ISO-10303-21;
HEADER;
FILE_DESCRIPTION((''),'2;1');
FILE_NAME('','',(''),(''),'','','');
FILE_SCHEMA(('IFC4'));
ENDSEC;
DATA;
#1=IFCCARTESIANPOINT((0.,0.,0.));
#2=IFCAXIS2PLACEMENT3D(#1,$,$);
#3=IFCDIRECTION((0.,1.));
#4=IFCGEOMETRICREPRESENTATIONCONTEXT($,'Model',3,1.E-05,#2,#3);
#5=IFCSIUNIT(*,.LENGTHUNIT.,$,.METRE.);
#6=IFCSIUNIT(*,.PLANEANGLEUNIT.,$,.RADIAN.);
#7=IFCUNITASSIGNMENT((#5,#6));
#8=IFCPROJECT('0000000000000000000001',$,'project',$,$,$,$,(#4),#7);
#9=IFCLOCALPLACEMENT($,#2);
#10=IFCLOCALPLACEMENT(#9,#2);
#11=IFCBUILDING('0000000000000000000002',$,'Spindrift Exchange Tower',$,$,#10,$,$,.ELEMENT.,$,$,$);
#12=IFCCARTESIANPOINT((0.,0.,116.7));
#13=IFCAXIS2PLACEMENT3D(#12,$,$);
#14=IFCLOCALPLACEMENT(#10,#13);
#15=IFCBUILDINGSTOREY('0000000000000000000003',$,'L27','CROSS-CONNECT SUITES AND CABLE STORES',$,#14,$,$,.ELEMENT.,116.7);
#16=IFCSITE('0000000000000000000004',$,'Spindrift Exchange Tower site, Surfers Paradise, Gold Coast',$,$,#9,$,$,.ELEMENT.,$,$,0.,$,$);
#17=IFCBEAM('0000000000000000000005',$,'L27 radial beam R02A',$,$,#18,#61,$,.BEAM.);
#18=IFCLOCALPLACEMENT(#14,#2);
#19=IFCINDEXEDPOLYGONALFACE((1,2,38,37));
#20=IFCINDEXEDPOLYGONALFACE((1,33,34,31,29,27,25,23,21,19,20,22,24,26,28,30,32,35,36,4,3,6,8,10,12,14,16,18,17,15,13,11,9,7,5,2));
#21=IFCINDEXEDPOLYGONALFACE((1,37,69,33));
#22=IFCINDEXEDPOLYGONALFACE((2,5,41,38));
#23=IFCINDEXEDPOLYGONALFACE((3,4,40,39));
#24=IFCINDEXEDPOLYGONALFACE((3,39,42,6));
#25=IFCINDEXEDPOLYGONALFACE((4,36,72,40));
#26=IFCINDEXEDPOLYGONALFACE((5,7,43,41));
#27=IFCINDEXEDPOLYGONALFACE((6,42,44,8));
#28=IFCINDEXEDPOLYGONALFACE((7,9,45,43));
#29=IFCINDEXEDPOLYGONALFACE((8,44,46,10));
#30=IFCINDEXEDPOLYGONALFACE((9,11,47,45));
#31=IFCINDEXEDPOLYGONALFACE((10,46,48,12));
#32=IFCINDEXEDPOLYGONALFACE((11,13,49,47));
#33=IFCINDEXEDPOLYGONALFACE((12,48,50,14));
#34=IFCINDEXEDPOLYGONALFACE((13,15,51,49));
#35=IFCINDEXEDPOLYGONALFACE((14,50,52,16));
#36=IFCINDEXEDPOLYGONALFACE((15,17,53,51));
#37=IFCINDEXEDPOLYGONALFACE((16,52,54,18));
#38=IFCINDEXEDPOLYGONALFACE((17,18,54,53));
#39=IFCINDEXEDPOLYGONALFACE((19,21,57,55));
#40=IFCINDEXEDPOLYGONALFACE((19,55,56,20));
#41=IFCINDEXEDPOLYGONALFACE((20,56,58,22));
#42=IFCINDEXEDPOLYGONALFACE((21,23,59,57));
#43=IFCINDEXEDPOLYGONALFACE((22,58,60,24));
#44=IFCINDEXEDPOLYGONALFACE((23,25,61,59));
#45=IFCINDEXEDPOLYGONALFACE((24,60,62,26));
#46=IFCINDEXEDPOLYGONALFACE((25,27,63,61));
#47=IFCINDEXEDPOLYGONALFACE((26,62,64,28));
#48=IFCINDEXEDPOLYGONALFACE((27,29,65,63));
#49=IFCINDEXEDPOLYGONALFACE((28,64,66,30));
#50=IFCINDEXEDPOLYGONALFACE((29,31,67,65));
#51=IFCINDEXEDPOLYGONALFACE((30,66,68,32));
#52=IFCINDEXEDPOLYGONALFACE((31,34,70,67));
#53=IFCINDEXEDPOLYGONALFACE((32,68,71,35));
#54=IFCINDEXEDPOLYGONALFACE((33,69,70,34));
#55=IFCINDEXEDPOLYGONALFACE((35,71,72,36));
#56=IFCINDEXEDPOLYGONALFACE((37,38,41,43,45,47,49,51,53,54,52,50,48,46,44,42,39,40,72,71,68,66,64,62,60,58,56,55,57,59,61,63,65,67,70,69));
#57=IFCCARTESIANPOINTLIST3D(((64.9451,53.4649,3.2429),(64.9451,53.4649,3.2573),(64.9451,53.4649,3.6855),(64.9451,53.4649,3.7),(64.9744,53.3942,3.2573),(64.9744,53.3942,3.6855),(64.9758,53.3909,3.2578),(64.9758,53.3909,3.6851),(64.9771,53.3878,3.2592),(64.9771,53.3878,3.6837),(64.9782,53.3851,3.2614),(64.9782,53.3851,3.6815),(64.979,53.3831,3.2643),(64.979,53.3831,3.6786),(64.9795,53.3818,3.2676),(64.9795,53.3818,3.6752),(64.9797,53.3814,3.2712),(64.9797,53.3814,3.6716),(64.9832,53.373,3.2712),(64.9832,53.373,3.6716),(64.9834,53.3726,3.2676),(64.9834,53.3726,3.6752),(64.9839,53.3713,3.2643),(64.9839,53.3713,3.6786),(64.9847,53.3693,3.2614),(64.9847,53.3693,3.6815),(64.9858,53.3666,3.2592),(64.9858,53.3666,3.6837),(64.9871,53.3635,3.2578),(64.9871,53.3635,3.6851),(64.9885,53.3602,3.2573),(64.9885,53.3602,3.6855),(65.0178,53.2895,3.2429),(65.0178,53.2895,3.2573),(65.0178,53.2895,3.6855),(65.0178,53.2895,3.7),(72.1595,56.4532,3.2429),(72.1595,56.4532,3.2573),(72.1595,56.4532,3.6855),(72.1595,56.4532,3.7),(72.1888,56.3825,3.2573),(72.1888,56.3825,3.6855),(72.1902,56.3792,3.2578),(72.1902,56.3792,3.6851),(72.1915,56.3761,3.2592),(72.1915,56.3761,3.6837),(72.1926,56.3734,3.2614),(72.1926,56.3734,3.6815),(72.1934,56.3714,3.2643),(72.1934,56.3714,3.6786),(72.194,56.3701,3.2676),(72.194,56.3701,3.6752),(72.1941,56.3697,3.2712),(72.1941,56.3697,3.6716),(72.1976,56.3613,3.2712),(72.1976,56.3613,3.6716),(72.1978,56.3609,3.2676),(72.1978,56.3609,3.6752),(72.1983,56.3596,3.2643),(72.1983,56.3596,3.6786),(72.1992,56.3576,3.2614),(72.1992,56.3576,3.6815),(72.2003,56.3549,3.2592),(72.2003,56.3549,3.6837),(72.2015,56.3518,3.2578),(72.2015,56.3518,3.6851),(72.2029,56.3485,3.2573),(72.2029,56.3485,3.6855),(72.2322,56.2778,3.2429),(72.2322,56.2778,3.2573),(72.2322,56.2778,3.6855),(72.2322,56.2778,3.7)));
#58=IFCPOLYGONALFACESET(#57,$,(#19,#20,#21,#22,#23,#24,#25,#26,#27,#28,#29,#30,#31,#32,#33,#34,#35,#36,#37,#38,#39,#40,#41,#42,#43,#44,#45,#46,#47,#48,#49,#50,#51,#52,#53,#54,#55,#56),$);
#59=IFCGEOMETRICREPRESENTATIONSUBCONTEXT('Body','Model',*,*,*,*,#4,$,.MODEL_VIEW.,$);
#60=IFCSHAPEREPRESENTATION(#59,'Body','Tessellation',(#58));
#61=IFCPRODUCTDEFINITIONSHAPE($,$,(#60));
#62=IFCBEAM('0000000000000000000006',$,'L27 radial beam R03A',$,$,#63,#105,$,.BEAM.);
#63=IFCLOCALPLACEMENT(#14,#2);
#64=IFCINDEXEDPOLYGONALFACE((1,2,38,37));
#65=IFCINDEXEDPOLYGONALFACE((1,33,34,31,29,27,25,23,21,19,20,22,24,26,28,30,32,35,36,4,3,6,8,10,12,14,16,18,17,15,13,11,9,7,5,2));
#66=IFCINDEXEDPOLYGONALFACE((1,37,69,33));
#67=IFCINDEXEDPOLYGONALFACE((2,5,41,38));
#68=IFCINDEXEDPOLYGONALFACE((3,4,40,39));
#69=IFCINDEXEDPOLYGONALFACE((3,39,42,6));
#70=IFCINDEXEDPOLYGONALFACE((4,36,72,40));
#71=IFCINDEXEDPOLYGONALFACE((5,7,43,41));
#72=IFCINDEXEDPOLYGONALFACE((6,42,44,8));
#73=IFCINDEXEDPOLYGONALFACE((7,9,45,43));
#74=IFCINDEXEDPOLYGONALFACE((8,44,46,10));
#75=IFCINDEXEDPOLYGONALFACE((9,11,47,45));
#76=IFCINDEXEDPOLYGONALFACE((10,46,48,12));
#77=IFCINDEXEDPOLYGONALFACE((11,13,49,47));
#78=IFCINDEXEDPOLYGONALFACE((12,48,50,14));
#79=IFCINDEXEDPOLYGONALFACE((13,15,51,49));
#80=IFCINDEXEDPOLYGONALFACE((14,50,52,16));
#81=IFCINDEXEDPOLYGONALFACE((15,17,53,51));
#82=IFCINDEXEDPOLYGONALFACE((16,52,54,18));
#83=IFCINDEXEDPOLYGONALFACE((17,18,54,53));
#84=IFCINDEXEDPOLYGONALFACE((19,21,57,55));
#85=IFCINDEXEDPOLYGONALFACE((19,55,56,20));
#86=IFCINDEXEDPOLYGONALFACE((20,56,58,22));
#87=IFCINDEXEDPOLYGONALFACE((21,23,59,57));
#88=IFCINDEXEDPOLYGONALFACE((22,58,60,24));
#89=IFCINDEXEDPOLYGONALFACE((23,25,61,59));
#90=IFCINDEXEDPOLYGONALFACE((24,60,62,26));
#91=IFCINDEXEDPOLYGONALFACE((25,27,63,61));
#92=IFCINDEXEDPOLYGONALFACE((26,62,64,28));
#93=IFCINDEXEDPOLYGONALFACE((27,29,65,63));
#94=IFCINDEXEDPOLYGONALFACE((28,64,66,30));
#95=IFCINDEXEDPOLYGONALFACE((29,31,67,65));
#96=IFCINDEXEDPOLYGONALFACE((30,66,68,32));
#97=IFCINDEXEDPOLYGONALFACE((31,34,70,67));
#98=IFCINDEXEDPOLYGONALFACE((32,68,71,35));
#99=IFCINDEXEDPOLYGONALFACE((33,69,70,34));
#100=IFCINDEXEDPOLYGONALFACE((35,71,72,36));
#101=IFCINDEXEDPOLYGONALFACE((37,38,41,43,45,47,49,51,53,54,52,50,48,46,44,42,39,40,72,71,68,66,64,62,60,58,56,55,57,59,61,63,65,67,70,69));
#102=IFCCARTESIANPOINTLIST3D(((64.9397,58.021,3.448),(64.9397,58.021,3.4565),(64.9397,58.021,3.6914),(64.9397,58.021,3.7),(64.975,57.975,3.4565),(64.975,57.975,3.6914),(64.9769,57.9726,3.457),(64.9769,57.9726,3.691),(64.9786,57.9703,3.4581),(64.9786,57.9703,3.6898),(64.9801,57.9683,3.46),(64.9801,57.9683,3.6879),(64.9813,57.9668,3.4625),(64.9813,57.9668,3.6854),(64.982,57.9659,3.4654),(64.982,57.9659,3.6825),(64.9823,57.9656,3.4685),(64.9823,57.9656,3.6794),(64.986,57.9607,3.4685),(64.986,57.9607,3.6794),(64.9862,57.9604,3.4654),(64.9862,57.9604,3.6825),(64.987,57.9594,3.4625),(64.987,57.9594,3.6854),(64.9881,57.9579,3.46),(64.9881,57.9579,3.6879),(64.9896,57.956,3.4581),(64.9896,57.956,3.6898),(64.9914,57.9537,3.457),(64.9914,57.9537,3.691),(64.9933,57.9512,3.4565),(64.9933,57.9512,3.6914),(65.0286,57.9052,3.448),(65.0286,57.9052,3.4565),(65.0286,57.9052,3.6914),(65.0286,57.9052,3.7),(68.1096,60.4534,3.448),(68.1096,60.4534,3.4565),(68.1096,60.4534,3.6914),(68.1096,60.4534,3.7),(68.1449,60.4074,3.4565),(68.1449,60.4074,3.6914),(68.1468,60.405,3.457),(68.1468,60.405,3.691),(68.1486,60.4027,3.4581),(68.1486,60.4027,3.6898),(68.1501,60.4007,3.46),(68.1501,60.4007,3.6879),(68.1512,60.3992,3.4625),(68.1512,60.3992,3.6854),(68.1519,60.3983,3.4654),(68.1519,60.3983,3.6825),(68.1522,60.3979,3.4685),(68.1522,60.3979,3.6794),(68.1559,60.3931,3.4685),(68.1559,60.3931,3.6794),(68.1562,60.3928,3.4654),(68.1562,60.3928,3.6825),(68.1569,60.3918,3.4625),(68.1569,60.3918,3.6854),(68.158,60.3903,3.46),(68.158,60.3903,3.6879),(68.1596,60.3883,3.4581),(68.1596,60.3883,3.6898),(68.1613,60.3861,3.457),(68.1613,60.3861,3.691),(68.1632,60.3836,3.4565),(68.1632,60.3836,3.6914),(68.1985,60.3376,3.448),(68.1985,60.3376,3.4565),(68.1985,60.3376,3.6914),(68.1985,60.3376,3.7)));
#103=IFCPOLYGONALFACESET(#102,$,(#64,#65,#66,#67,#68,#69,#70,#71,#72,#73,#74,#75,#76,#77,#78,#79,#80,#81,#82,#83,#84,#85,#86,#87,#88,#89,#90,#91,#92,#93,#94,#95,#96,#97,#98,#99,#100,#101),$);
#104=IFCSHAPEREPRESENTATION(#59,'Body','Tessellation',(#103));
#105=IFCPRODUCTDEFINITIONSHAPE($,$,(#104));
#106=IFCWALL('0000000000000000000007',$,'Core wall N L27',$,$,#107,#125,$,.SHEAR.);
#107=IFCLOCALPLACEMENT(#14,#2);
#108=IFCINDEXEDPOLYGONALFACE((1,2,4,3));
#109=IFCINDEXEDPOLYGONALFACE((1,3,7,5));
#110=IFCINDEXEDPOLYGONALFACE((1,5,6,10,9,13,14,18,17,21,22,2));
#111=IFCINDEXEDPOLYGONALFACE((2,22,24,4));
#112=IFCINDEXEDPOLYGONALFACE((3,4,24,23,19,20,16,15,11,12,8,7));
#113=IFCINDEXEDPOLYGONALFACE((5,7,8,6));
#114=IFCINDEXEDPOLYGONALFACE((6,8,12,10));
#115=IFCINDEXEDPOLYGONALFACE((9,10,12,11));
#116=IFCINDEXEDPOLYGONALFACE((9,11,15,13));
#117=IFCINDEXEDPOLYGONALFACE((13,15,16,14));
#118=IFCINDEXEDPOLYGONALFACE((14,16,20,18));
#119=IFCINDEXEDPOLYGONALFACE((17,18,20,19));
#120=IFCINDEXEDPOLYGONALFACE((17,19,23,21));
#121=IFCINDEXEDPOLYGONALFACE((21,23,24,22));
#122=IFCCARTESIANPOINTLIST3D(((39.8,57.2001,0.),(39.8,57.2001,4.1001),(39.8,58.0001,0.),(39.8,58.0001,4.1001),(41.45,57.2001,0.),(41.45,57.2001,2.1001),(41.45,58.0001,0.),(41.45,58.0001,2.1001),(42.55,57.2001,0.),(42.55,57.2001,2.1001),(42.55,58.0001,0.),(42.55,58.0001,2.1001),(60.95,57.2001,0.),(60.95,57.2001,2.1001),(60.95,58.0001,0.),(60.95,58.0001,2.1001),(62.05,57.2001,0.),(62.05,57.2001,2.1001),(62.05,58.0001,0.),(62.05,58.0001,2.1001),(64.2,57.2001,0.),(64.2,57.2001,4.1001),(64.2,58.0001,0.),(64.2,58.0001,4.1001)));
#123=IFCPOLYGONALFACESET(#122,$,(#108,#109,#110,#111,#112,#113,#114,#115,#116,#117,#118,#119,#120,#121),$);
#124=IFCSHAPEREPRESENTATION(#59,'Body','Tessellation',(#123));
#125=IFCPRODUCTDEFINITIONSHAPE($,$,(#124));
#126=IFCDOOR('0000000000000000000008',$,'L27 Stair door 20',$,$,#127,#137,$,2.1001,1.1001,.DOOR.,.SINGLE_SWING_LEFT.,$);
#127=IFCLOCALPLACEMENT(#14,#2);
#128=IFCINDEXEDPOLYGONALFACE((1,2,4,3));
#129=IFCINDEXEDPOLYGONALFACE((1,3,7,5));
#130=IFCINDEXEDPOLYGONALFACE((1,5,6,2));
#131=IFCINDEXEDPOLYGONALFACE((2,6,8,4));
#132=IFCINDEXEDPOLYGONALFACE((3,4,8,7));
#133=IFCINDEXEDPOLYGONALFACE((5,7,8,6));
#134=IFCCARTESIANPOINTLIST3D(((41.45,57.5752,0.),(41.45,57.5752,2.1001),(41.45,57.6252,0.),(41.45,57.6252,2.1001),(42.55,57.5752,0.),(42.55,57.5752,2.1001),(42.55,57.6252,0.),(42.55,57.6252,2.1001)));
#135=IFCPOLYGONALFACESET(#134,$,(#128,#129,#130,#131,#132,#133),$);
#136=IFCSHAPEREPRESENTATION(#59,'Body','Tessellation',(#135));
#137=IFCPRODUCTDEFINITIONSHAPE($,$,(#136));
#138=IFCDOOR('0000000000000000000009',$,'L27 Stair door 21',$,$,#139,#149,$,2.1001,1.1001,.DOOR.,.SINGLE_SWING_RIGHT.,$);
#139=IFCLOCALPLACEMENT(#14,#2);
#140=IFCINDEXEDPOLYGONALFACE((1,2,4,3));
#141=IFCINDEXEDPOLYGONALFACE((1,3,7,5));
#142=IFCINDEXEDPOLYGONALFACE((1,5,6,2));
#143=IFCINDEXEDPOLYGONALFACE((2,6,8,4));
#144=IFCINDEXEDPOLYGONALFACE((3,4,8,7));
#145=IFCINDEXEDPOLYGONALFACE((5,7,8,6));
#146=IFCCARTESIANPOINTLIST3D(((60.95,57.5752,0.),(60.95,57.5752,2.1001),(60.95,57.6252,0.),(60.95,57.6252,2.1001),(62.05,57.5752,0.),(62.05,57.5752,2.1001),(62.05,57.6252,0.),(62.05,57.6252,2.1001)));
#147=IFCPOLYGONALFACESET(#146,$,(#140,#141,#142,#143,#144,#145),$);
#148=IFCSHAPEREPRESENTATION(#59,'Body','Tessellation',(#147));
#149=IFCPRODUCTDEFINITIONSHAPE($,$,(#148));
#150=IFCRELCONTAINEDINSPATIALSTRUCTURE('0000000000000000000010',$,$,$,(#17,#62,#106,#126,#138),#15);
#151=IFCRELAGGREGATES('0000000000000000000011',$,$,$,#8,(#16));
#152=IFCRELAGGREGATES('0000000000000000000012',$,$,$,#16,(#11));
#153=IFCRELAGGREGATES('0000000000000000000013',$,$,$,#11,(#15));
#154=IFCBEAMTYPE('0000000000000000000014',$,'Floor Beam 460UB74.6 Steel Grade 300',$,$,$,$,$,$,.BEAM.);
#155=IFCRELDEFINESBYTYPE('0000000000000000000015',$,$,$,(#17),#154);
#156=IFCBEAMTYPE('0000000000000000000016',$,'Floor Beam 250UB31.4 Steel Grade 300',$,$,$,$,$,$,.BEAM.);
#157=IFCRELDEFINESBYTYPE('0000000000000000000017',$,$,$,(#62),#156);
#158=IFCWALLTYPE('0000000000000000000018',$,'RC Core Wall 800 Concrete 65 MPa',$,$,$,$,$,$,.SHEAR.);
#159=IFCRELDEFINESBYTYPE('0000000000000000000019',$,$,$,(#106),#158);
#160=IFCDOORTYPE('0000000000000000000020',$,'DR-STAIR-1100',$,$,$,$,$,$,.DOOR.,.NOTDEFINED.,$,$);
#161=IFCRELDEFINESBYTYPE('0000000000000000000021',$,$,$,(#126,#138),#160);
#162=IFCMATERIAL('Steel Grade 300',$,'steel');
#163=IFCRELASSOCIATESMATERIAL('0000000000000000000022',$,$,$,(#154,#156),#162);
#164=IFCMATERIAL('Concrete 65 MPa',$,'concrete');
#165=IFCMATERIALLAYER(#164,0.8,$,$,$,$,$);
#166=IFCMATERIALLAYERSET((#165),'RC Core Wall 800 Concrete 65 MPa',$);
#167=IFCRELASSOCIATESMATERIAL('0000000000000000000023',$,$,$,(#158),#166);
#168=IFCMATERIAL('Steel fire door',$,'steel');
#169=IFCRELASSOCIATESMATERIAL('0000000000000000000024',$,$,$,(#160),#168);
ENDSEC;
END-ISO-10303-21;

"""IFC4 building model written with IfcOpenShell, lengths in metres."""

from ifc_helpers import new_model, si_unit, direction, frame, frame_2d, origin, origin_2d, place, context, subcontext, project, spatial, rectangle, i_section, extrude, source, transform, mapped, material, layer, layer_set, material_profile, profile_set, type_object, element, fill, save


model = new_model("IFC4")

# Units and contexts
model_context = context("Model", 3, precision=1e-05, world=origin(), true_north=direction((0.0, 1.0)))
body_context = subcontext(model_context, "Body", "Model", "MODEL_VIEW")
ifc_project = project(units=[si_unit("LENGTHUNIT", "METRE"), si_unit("PLANEANGLEUNIT", "RADIAN")], contexts=[model_context])

# Site, building, storey
site_placement = place(None, origin())
site = spatial("IfcSite", under=ifc_project, at=site_placement, Name="Spindrift Exchange Tower site, Surfers Paradise, Gold Coast", CompositionType="ELEMENT", RefElevation=0.0)
building_placement = place(site_placement, origin())
building = spatial("IfcBuilding", under=site, at=building_placement, Name="Spindrift Exchange Tower", CompositionType="ELEMENT")
storey_placement = place(building_placement, frame((0.0, 0.0, 116.7)))
storey = spatial("IfcBuildingStorey", under=building, at=storey_placement, Name="L27", Description="CROSS-CONNECT SUITES AND CABLE STORES", CompositionType="ELEMENT", Elevation=116.7)

# Beams
ifc_material_1 = material(Name="Steel Grade 300", Category="steel")
ifc_material_profile_1 = material_profile(ifc_material_1, i_section(OverallWidth=0.1899, OverallDepth=0.457, WebThickness=0.009, FlangeThickness=0.0144, FilletRadius=0.0139, at=origin_2d()), Name="460UB74.6")
ifc_profile_set_1 = profile_set([ifc_material_profile_1], Name="Steel Grade 300")
beam_type_1 = type_object("IfcBeamType", Name="Floor Beam 460UB74.6 Steel Grade 300", PredefinedType="BEAM", material=ifc_profile_set_1)
shared_shape_1 = source(origin(), body_context, "Body", "SweptSolid", [
    extrude(i_section(OverallWidth=0.1899, OverallDepth=0.457, WebThickness=0.009, FlangeThickness=0.0144, FilletRadius=0.0139, at=origin_2d()), origin(), (0.0, 0.0, 1.0), 7.8088),
])
beam_1_placement = place(storey_placement, frame((64.9814, 53.3772, 3.4714), z_axis=(0.92388, 0.382683, 0.0), x_axis=(-0.382683, 0.92388, 0.0)))
element("IfcBeam", 1, at=beam_1_placement, inside=storey, type_object=beam_type_1, Name="L27 radial beam R02A", PredefinedType="BEAM", context=body_context, shape_type="MappedRepresentation", body=[
    mapped(shared_shape_1, transform((0.0, 0.0, 0.0), scale=1.0)),
])
ifc_material_profile_2 = material_profile(ifc_material_1, i_section(OverallWidth=0.146, OverallDepth=0.252, WebThickness=0.0061, FlangeThickness=0.0085, FilletRadius=0.012, at=origin_2d()), Name="250UB31.4")
ifc_profile_set_2 = profile_set([ifc_material_profile_2], Name="Steel Grade 300")
beam_type_2 = type_object("IfcBeamType", Name="Floor Beam 250UB31.4 Steel Grade 300", PredefinedType="BEAM", material=ifc_profile_set_2)
shared_shape_2 = source(origin(), body_context, "Body", "SweptSolid", [
    extrude(i_section(OverallWidth=0.146, OverallDepth=0.252, WebThickness=0.0061, FlangeThickness=0.0085, FilletRadius=0.012, at=origin_2d()), origin(), (0.0, 0.0, 1.0), 3.9956),
])
beam_2_placement = place(storey_placement, frame((64.9841, 57.9631, 3.574), z_axis=(0.793353, 0.608762, 0.0), x_axis=(-0.608762, 0.793353, 0.0)))
element("IfcBeam", 2, at=beam_2_placement, inside=storey, type_object=beam_type_2, Name="L27 radial beam R03A", PredefinedType="BEAM", context=body_context, shape_type="MappedRepresentation", body=[
    mapped(shared_shape_2, transform((0.0, 0.0, 0.0), scale=1.0)),
])

# Wall, openings, doors
ifc_material_2 = material(Name="Concrete 65 MPa", Category="concrete")
ifc_layer_1 = layer(ifc_material_2, 0.8)
ifc_layer_set_1 = layer_set([ifc_layer_1], Name="RC Core Wall 800 Concrete 65 MPa")
wall_type_1 = type_object("IfcWallType", Name="RC Core Wall 800 Concrete 65 MPa", PredefinedType="SHEAR", material=ifc_layer_set_1)
wall_1_placement = place(storey_placement, frame((64.2, 57.6001, 0.0), z_axis=(0.0, 0.0, 1.0), x_axis=(-1.0, 0.0, 0.0)))
wall_1 = element("IfcWall", 3, at=wall_1_placement, inside=storey, type_object=wall_type_1, Name="Core wall N L27", PredefinedType="SHEAR", context=body_context, shape_type="SweptSolid", body=[
    extrude(rectangle(XDim=24.3999, YDim=0.8, at=frame_2d((12.2, 0.0))), origin(), (0.0, 0.0, 1.0), 4.1001),
])
opening_1_placement = place(wall_1_placement, frame((21.6499, 0.0, 0.0)))
opening_1 = element("IfcOpeningElement", 4, at=opening_1_placement, cuts=wall_1, PredefinedType="OPENING", context=body_context, shape_type="SweptSolid", body=[
    extrude(rectangle(XDim=1.1001, YDim=2.1001, at=frame_2d((0.55, 1.05))), frame((0.0, 0.4099, 0.0), z_axis=(0.0, -1.0, 0.0), x_axis=(1.0, 0.0, 0.0)), (0.0, 0.0, 1.0), 0.8201),
])
opening_2_placement = place(wall_1_placement, frame((2.1499, 0.0, 0.0)))
opening_2 = element("IfcOpeningElement", 5, at=opening_2_placement, cuts=wall_1, PredefinedType="OPENING", context=body_context, shape_type="SweptSolid", body=[
    extrude(rectangle(XDim=1.1001, YDim=2.1001, at=frame_2d((0.55, 1.05))), frame((0.0, 0.4099, 0.0), z_axis=(0.0, -1.0, 0.0), x_axis=(1.0, 0.0, 0.0)), (0.0, 0.0, 1.0), 0.8201),
])
ifc_material_3 = material(Name="Steel fire door", Category="steel")
door_type_1 = type_object("IfcDoorType", Name="DR-STAIR-1100", OperationType="NOTDEFINED", PredefinedType="DOOR", material=ifc_material_3)
shared_shape_3 = source(origin(), body_context, "Body", "SweptSolid", [
    extrude(rectangle(XDim=1.1001, YDim=2.1001, at=frame_2d((0.55, 1.05))), frame((0.0, 0.0249, 0.0), z_axis=(0.0, -1.0, 0.0), x_axis=(1.0, 0.0, 0.0)), (0.0, 0.0, 1.0), 0.05),
])
door_1_placement = place(opening_1_placement, origin())
door_1 = element("IfcDoor", 6, at=door_1_placement, inside=storey, type_object=door_type_1, Name="L27 Stair door 20", OperationType="SINGLE_SWING_LEFT", OverallHeight=2.1001, OverallWidth=1.1001, PredefinedType="DOOR", context=body_context, shape_type="MappedRepresentation", body=[
    mapped(shared_shape_3, transform((0.0, 0.0, 0.0), scale=1.0)),
])
fill(opening_1, door_1)
door_2_placement = place(opening_2_placement, origin())
door_2 = element("IfcDoor", 7, at=door_2_placement, inside=storey, type_object=door_type_1, Name="L27 Stair door 21", OperationType="SINGLE_SWING_RIGHT", OverallHeight=2.1001, OverallWidth=1.1001, PredefinedType="DOOR", context=body_context, shape_type="MappedRepresentation", body=[
    mapped(shared_shape_3, transform((0.0, 0.0, 0.0), scale=1.0)),
])
fill(opening_2, door_2)

save(model, "model.ifc")
